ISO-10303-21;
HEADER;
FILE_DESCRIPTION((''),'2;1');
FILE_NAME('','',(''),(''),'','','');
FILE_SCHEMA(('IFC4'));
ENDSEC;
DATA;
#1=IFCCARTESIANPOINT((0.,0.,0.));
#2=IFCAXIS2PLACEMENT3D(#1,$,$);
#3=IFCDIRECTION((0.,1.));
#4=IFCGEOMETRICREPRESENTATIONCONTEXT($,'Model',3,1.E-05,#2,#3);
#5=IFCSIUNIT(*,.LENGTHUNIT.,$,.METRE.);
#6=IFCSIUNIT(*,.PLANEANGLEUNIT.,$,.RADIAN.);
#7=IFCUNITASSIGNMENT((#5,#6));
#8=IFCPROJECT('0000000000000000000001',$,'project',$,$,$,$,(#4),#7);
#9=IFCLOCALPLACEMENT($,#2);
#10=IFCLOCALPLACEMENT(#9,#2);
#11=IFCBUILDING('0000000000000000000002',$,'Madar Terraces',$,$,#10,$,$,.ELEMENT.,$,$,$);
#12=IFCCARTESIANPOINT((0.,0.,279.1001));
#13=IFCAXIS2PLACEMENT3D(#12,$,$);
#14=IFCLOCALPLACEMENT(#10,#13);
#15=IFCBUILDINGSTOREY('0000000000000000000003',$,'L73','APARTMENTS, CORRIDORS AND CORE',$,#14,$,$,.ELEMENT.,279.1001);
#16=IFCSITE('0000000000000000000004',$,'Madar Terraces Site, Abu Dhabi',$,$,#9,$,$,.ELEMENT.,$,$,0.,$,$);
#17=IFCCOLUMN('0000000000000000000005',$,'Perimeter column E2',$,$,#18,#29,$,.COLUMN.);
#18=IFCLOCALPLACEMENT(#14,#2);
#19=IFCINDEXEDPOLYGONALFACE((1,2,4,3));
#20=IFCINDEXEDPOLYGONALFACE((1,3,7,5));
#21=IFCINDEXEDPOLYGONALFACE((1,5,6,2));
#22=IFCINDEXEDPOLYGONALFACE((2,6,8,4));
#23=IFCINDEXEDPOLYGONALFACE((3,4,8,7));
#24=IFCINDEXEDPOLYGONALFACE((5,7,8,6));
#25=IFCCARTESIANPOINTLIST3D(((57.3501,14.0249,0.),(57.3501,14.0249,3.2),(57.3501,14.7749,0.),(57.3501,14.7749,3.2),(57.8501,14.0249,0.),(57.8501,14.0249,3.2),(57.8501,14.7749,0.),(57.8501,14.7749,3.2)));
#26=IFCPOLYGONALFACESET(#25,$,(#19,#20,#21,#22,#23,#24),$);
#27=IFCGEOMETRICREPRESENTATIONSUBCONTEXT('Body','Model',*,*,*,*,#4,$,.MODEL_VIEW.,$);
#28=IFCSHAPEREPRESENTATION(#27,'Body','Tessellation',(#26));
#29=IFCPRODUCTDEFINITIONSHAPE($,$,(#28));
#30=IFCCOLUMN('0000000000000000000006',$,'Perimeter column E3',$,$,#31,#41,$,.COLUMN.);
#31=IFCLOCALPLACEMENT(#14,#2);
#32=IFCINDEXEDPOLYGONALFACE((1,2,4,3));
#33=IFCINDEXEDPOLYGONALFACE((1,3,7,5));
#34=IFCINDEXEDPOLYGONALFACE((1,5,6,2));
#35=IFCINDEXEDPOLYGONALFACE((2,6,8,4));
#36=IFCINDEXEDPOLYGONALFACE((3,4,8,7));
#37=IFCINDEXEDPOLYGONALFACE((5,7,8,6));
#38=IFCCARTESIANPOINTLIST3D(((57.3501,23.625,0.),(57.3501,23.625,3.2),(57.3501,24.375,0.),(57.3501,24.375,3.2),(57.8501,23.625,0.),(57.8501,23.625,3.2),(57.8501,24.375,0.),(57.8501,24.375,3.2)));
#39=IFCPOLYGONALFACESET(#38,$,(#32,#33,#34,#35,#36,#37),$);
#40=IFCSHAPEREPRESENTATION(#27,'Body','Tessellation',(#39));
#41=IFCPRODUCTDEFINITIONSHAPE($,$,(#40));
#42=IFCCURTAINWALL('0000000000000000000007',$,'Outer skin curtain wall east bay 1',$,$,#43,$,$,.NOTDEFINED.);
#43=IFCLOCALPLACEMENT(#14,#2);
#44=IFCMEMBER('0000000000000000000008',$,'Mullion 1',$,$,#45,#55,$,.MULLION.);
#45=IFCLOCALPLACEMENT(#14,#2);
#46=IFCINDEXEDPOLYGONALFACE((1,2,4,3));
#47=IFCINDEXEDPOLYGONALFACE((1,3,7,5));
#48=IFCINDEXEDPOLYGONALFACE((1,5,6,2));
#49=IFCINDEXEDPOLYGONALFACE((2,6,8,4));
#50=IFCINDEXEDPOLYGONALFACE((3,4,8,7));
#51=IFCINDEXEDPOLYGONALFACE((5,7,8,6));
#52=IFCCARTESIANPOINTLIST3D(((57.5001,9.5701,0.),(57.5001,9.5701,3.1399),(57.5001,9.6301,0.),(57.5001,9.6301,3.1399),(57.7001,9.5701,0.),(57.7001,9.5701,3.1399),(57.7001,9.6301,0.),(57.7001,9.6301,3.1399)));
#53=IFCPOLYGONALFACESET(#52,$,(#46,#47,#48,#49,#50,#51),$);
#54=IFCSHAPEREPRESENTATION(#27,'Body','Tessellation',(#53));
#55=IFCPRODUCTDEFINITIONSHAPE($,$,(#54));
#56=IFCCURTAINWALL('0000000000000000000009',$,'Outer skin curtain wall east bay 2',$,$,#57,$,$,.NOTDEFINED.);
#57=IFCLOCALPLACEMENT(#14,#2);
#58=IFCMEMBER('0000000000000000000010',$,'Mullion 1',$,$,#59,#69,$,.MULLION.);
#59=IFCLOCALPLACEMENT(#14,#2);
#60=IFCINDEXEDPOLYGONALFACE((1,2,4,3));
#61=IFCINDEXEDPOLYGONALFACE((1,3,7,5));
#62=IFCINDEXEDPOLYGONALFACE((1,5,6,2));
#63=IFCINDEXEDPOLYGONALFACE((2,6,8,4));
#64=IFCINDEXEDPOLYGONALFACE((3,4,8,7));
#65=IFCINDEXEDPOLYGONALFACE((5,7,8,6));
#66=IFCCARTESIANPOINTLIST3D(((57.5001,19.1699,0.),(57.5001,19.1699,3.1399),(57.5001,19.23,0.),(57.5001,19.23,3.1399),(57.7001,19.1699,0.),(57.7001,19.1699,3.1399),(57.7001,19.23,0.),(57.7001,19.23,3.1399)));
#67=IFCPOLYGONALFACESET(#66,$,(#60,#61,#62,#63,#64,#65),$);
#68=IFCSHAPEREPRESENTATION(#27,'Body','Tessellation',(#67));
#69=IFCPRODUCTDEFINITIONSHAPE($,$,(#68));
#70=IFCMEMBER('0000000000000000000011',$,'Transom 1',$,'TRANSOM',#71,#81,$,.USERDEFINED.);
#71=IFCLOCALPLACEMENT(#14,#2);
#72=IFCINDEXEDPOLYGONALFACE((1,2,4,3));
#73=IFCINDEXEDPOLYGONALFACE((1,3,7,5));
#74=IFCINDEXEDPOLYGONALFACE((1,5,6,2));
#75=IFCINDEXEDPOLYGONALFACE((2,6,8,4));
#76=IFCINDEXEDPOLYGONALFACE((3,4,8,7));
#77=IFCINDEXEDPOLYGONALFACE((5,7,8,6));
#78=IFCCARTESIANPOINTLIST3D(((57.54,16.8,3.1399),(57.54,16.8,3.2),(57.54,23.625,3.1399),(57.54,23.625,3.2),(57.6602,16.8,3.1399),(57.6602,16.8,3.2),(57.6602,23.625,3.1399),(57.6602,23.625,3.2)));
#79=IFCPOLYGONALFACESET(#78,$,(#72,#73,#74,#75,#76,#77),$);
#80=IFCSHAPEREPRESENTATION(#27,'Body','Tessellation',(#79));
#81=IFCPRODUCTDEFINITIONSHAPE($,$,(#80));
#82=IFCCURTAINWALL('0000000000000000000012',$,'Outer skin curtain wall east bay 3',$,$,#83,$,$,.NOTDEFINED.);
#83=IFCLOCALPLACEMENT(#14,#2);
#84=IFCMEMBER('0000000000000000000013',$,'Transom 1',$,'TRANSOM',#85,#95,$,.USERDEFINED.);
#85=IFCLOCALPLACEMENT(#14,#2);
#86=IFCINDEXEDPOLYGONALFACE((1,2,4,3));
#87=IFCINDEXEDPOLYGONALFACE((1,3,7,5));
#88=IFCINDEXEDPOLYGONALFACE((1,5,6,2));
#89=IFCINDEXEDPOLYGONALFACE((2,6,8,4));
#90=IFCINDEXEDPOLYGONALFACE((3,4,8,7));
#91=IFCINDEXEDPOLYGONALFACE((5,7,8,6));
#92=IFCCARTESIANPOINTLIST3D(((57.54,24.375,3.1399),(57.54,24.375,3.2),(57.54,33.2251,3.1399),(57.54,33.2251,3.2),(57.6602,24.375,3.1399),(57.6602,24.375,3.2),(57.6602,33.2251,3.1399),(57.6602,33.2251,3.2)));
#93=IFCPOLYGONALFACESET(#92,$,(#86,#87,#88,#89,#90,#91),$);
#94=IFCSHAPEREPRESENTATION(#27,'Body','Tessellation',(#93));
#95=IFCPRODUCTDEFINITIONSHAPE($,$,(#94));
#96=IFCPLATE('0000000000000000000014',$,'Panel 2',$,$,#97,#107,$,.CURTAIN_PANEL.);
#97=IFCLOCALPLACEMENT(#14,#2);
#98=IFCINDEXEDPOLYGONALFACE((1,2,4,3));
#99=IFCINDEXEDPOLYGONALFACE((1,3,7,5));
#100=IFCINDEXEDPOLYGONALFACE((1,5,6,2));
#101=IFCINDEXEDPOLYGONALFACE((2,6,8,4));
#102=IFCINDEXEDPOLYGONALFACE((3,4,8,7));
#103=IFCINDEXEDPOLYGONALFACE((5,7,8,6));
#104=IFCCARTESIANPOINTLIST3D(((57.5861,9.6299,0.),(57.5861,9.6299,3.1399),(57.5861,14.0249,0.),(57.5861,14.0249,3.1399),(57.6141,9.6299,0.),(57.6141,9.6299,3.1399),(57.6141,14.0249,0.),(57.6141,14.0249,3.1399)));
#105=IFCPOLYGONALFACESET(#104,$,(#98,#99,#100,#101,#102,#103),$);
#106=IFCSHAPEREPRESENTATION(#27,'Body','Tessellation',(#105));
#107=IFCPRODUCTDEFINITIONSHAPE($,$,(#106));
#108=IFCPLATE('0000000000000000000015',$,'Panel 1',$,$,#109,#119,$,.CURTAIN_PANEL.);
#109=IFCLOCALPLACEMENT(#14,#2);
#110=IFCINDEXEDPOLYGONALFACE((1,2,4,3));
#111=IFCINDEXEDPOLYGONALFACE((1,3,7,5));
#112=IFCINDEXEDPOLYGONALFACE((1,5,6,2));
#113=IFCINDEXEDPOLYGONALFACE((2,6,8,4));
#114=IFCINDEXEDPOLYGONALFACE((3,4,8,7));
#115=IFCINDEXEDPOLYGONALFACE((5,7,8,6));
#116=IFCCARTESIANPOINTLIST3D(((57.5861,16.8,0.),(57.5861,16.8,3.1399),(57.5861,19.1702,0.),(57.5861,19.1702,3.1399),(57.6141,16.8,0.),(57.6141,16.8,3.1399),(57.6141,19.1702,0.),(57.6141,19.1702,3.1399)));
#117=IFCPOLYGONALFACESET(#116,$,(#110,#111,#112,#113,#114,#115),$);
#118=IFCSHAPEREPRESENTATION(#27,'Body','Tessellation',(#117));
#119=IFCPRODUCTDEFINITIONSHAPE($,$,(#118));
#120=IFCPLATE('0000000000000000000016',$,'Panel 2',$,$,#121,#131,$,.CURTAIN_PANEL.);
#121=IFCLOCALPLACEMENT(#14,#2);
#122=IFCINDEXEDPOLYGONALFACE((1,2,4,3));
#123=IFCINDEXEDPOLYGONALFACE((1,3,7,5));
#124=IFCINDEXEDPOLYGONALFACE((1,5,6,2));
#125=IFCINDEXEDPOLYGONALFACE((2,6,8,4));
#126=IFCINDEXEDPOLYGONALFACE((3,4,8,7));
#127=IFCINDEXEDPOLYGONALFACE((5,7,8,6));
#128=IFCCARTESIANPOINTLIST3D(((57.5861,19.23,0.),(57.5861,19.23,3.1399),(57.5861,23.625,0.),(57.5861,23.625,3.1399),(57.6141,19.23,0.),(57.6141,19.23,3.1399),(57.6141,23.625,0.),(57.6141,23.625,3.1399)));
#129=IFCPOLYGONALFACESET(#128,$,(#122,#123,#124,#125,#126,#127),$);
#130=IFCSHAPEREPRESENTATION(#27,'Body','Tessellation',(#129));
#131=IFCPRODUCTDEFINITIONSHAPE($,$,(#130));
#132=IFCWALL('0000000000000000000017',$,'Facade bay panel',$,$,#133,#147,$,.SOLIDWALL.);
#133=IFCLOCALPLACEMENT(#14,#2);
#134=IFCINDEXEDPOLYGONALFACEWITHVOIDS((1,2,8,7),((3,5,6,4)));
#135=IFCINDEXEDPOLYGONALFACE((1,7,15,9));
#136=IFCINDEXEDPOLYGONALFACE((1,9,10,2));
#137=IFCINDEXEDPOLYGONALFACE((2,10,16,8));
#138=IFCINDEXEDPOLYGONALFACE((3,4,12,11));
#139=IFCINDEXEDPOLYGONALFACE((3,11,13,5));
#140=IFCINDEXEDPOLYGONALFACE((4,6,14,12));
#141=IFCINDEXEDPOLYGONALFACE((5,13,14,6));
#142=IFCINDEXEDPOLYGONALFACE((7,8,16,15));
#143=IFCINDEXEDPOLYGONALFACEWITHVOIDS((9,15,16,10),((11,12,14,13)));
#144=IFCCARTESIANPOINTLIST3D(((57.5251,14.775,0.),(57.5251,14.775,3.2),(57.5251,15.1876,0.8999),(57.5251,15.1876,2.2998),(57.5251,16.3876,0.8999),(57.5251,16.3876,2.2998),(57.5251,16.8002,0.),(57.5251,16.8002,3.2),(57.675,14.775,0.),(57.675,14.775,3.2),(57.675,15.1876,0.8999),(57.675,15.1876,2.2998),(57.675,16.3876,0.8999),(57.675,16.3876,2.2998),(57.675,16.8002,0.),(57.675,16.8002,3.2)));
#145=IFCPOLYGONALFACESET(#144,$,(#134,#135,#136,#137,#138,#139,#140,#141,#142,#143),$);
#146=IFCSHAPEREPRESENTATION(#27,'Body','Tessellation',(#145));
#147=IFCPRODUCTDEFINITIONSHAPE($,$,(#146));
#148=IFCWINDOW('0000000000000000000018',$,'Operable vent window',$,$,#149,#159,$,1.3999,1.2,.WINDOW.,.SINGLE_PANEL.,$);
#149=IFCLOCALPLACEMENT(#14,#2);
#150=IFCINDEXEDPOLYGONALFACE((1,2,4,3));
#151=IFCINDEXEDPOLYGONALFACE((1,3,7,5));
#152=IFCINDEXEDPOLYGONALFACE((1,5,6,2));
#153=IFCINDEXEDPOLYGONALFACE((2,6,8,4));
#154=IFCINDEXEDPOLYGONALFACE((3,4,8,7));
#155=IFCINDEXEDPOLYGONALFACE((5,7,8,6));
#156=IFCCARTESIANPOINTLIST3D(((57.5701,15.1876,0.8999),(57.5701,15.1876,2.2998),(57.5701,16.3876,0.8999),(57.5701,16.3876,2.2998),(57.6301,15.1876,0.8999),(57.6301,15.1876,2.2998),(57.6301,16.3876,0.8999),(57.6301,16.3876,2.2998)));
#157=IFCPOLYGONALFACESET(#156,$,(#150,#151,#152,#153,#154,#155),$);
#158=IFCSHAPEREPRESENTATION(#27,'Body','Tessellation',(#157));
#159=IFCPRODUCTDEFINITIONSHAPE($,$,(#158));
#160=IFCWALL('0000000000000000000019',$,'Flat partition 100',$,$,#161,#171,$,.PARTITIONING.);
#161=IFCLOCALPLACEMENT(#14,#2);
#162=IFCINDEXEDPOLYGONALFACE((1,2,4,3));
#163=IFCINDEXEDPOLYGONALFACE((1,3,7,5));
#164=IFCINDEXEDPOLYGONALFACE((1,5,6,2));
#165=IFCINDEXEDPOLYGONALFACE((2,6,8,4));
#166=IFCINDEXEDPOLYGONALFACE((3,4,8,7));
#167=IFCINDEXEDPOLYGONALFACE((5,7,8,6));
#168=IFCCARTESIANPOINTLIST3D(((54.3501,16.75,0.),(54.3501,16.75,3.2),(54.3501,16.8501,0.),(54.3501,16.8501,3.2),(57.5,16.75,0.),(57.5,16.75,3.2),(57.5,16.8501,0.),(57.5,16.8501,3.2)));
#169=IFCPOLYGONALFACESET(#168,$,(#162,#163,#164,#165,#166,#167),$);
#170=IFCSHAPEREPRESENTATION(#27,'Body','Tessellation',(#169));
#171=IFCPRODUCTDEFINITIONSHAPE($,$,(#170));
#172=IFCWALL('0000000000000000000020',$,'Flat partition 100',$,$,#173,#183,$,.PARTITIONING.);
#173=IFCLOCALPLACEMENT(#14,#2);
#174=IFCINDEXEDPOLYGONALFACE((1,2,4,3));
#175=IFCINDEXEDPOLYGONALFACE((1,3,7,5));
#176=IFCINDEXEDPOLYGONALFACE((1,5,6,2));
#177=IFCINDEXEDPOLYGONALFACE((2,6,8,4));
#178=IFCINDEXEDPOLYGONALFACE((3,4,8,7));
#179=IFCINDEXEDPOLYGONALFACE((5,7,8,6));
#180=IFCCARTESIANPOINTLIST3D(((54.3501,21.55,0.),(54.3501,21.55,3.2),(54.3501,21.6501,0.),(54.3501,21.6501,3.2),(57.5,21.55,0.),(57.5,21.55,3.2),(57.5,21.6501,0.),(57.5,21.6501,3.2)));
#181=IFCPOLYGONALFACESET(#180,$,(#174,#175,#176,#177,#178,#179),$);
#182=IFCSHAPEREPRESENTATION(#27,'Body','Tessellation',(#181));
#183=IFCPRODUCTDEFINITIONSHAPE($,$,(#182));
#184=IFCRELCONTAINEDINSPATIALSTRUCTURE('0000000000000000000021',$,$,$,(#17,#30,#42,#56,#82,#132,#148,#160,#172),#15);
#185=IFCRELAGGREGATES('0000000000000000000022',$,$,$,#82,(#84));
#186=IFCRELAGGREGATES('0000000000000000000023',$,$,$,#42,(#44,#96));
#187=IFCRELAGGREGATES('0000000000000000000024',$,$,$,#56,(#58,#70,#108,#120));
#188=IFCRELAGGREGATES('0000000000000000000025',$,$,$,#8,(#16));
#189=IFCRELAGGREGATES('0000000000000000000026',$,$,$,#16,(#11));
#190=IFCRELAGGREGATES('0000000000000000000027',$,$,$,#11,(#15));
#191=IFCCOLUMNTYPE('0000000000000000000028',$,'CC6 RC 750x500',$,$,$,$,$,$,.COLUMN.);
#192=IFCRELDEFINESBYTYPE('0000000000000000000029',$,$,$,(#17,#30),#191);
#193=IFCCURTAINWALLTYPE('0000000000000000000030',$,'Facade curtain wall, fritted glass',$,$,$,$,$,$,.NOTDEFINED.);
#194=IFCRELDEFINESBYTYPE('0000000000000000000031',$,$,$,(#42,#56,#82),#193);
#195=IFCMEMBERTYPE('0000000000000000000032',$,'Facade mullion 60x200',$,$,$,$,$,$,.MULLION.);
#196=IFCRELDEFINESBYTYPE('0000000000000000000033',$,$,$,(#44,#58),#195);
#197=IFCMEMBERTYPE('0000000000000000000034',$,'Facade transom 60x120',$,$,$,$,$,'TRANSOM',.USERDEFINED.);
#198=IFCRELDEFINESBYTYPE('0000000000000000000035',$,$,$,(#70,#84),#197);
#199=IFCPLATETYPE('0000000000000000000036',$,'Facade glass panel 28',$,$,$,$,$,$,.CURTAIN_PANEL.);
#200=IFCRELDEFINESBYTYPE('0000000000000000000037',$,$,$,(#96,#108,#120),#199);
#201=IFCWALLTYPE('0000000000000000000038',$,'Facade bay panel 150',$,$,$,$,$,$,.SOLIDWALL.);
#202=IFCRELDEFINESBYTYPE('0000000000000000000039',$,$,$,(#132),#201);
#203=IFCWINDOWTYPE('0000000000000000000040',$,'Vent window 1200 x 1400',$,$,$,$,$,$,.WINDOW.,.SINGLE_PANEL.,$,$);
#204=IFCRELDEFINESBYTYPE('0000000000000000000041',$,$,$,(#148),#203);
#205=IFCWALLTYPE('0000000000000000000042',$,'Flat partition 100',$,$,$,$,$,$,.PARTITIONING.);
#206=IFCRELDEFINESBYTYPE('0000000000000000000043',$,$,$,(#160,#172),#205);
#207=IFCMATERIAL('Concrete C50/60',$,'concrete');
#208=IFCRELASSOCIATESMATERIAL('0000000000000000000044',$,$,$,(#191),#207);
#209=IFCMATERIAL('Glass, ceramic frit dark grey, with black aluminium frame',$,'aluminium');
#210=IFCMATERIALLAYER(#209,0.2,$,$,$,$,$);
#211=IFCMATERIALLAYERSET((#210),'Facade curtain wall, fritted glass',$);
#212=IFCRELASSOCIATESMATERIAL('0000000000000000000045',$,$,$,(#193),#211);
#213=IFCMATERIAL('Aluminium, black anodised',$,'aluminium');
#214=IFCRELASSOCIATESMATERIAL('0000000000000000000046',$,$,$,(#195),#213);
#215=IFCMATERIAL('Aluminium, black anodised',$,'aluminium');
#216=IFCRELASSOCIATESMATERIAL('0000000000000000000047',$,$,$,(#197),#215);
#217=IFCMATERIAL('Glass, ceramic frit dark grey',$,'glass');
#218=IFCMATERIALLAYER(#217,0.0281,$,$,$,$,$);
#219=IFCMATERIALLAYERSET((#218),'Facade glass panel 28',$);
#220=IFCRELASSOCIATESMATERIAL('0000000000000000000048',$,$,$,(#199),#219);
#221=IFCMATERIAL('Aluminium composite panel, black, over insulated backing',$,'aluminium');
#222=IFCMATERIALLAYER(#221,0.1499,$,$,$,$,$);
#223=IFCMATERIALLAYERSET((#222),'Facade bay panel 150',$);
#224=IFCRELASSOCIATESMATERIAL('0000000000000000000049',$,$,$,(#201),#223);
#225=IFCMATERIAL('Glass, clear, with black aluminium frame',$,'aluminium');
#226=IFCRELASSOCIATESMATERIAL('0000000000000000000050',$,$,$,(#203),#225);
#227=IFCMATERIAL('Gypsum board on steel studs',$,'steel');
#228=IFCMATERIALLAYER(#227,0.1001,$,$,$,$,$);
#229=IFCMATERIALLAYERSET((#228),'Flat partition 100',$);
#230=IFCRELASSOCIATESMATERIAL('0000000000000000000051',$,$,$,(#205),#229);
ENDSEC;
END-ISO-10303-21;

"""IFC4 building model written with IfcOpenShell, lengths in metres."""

from ifc_helpers import new_model, si_unit, direction, frame, frame_2d, origin, origin_2d, place, context, subcontext, project, spatial, rectangle, extrude, material, layer, layer_set, material_profile, profile_set, type_object, element, fill, aggregate, save


model = new_model("IFC4")

# Units and contexts
model_context = context("Model", 3, precision=1e-05, world=origin(), true_north=direction((0.0, 1.0)))
body_context = subcontext(model_context, "Body", "Model", "MODEL_VIEW")
ifc_project = project(units=[si_unit("LENGTHUNIT", "METRE"), si_unit("PLANEANGLEUNIT", "RADIAN")], contexts=[model_context])

# Site, building, storey
site_placement = place(None, origin())
site = spatial("IfcSite", under=ifc_project, at=site_placement, Name="Madar Terraces Site, Abu Dhabi", CompositionType="ELEMENT", RefElevation=0.0)
building_placement = place(site_placement, origin())
building = spatial("IfcBuilding", under=site, at=building_placement, Name="Madar Terraces", CompositionType="ELEMENT")
storey_placement = place(building_placement, frame((0.0, 0.0, 279.1001)))
storey = spatial("IfcBuildingStorey", under=building, at=storey_placement, Name="L73", Description="APARTMENTS, CORRIDORS AND CORE", CompositionType="ELEMENT", Elevation=279.1001)

# Columns
ifc_material_1 = material(Name="Concrete C50/60", Category="concrete")
ifc_material_profile_1 = material_profile(ifc_material_1, rectangle(XDim=0.75, YDim=0.5, at=origin_2d()), Name="CC6 RC 750x500")
ifc_profile_set_1 = profile_set([ifc_material_profile_1], Name="Concrete C50/60")
column_type = type_object("IfcColumnType", Name="CC6 RC 750x500", PredefinedType="COLUMN", material=ifc_profile_set_1)
for number, where, z_axis, x_axis, name in (
    (1, (57.6001, 14.3999, 0.0), (0.0, 0.0, 1.0), (0.0, 1.0, 0.0), "Perimeter column E2"),
    (2, (57.6001, 24.0, 0.0), (0.0, 0.0, 1.0), (0.0, 1.0, 0.0), "Perimeter column E3"),
):
    element("IfcColumn", number, at=place(storey_placement, frame(where, z_axis=z_axis, x_axis=x_axis)), inside=storey, type_object=column_type, Name=name, PredefinedType="COLUMN", context=body_context, shape_type="SweptSolid", body=[
        extrude(rectangle(XDim=0.75, YDim=0.5, at=origin_2d()), origin(), (0.0, 0.0, 1.0), 3.2),
    ])

# Curtain wall, member
ifc_material_2 = material(Name="Glass, ceramic frit dark grey, with black aluminium frame", Category="aluminium")
ifc_layer_1 = layer(ifc_material_2, 0.2)
ifc_layer_set_1 = layer_set([ifc_layer_1], Name="Facade curtain wall, fritted glass")
curtain_wall_type = type_object("IfcCurtainWallType", Name="Facade curtain wall, fritted glass", PredefinedType="NOTDEFINED", material=ifc_layer_set_1)
curtain_wall_1_placement = place(storey_placement, origin())
curtain_wall_1 = element("IfcCurtainWall", 3, at=curtain_wall_1_placement, inside=storey, type_object=curtain_wall_type, Name="Outer skin curtain wall east bay 1", PredefinedType="NOTDEFINED")
ifc_material_3 = material(Name="Aluminium, black anodised", Category="aluminium")
ifc_material_profile_2 = material_profile(ifc_material_3, rectangle(XDim=0.2, YDim=0.0601, at=origin_2d()), Name="Facade mullion 60x200")
ifc_profile_set_2 = profile_set([ifc_material_profile_2], Name="Aluminium, black anodised")
member_type_1 = type_object("IfcMemberType", Name="Facade mullion 60x200", PredefinedType="MULLION", material=ifc_profile_set_2)
member_1_placement = place(storey_placement, frame((57.6001, 9.6001, 0.0), z_axis=(0.0, 0.0, 1.0), x_axis=(-1.0, 0.0, 0.0)))
member_1 = element("IfcMember", 4, at=member_1_placement, type_object=member_type_1, Name="Mullion 1", PredefinedType="MULLION", context=body_context, shape_type="SweptSolid", body=[
    extrude(rectangle(XDim=0.2, YDim=0.0601, at=origin_2d()), origin(), (0.0, 0.0, 1.0), 3.1399),
])

# Curtain wall, members
curtain_wall_2_placement = place(storey_placement, origin())
curtain_wall_2 = element("IfcCurtainWall", 5, at=curtain_wall_2_placement, inside=storey, type_object=curtain_wall_type, Name="Outer skin curtain wall east bay 2", PredefinedType="NOTDEFINED")
member_2_placement = place(storey_placement, frame((57.6001, 19.2, 0.0), z_axis=(0.0, 0.0, 1.0), x_axis=(-1.0, 0.0, 0.0)))
member_2 = element("IfcMember", 6, at=member_2_placement, type_object=member_type_1, Name="Mullion 1", PredefinedType="MULLION", context=body_context, shape_type="SweptSolid", body=[
    extrude(rectangle(XDim=0.2, YDim=0.0601, at=origin_2d()), origin(), (0.0, 0.0, 1.0), 3.1399),
])
ifc_material_4 = material(Name="Aluminium, black anodised", Category="aluminium")
ifc_material_profile_3 = material_profile(ifc_material_4, rectangle(XDim=0.1201, YDim=0.0601, at=origin_2d()), Name="Facade transom 60x120")
ifc_profile_set_3 = profile_set([ifc_material_profile_3], Name="Aluminium, black anodised")
member_type_2 = type_object("IfcMemberType", Name="Facade transom 60x120", ElementType="TRANSOM", PredefinedType="USERDEFINED", material=ifc_profile_set_3)
member_3_placement = place(storey_placement, frame((57.6001, 16.8, 3.1699), z_axis=(0.0, 1.0, 0.0), x_axis=(-1.0, 0.0, 0.0)))
member_3 = element("IfcMember", 7, at=member_3_placement, type_object=member_type_2, Name="Transom 1", ObjectType="TRANSOM", PredefinedType="USERDEFINED", context=body_context, shape_type="SweptSolid", body=[
    extrude(rectangle(XDim=0.1201, YDim=0.0601, at=origin_2d()), origin(), (0.0, 0.0, 1.0), 6.825),
])

# Curtain wall, member
curtain_wall_3_placement = place(storey_placement, origin())
curtain_wall_3 = element("IfcCurtainWall", 8, at=curtain_wall_3_placement, inside=storey, type_object=curtain_wall_type, Name="Outer skin curtain wall east bay 3", PredefinedType="NOTDEFINED")
member_4_placement = place(storey_placement, frame((57.6001, 24.375, 3.1699), z_axis=(0.0, 1.0, 0.0), x_axis=(-1.0, 0.0, 0.0)))
member_4 = element("IfcMember", 9, at=member_4_placement, type_object=member_type_2, Name="Transom 1", ObjectType="TRANSOM", PredefinedType="USERDEFINED", context=body_context, shape_type="SweptSolid", body=[
    extrude(rectangle(XDim=0.1201, YDim=0.0601, at=origin_2d()), origin(), (0.0, 0.0, 1.0), 8.8501),
])
aggregate(curtain_wall_3, [member_4])

# Plates
ifc_material_5 = material(Name="Glass, ceramic frit dark grey", Category="glass")
ifc_layer_2 = layer(ifc_material_5, 0.0281)
ifc_layer_set_2 = layer_set([ifc_layer_2], Name="Facade glass panel 28")
plate_type = type_object("IfcPlateType", Name="Facade glass panel 28", PredefinedType="CURTAIN_PANEL", material=ifc_layer_set_2)
plate_1_placement = place(storey_placement, frame((57.6001, 11.8274, 0.0), z_axis=(0.0, 0.0, 1.0), x_axis=(0.0, 1.0, 0.0)))
plate_1 = element("IfcPlate", 10, at=plate_1_placement, type_object=plate_type, Name="Panel 2", PredefinedType="CURTAIN_PANEL", context=body_context, shape_type="SweptSolid", body=[
    extrude(rectangle(XDim=4.395, YDim=0.0281, at=origin_2d()), origin(), (0.0, 0.0, 1.0), 3.1399),
])
aggregate(curtain_wall_1, [member_1, plate_1])
plate_2_placement = place(storey_placement, frame((57.6001, 17.9851, 0.0), z_axis=(0.0, 0.0, 1.0), x_axis=(0.0, 1.0, 0.0)))
plate_2 = element("IfcPlate", 11, at=plate_2_placement, type_object=plate_type, Name="Panel 1", PredefinedType="CURTAIN_PANEL", context=body_context, shape_type="SweptSolid", body=[
    extrude(rectangle(XDim=2.3701, YDim=0.0281, at=origin_2d()), origin(), (0.0, 0.0, 1.0), 3.1399),
])
plate_3_placement = place(storey_placement, frame((57.6001, 21.4275, 0.0), z_axis=(0.0, 0.0, 1.0), x_axis=(0.0, 1.0, 0.0)))
plate_3 = element("IfcPlate", 12, at=plate_3_placement, type_object=plate_type, Name="Panel 2", PredefinedType="CURTAIN_PANEL", context=body_context, shape_type="SweptSolid", body=[
    extrude(rectangle(XDim=4.395, YDim=0.0281, at=origin_2d()), origin(), (0.0, 0.0, 1.0), 3.1399),
])
aggregate(curtain_wall_2, [member_2, member_3, plate_2, plate_3])

# Wall, opening, window
ifc_material_6 = material(Name="Aluminium composite panel, black, over insulated backing", Category="aluminium")
ifc_layer_3 = layer(ifc_material_6, 0.1499)
ifc_layer_set_3 = layer_set([ifc_layer_3], Name="Facade bay panel 150")
wall_type_1 = type_object("IfcWallType", Name="Facade bay panel 150", PredefinedType="SOLIDWALL", material=ifc_layer_set_3)
wall_1_placement = place(storey_placement, frame((57.6001, 14.7749, 0.0), z_axis=(0.0, 0.0, 1.0), x_axis=(0.0, 1.0, 0.0)))
wall_1 = element("IfcWall", 13, at=wall_1_placement, inside=storey, type_object=wall_type_1, Name="Facade bay panel", PredefinedType="SOLIDWALL", context=body_context, shape_type="SweptSolid", body=[
    extrude(rectangle(XDim=2.0251, YDim=0.1499, at=frame_2d((1.0127, 0.0))), origin(), (0.0, 0.0, 1.0), 3.2),
])
opening_1_placement = place(wall_1_placement, frame((0.4126, 0.0, 0.8999)))
opening_1 = element("IfcOpeningElement", 14, at=opening_1_placement, cuts=wall_1, PredefinedType="OPENING", context=body_context, shape_type="SweptSolid", body=[
    extrude(rectangle(XDim=1.2, YDim=1.3999, at=frame_2d((0.6001, 0.7))), frame((0.0, 0.085, 0.0), z_axis=(0.0, -1.0, 0.0), x_axis=(1.0, 0.0, 0.0)), (0.0, 0.0, 1.0), 0.1699),
])
ifc_material_7 = material(Name="Glass, clear, with black aluminium frame", Category="aluminium")
window_type = type_object("IfcWindowType", Name="Vent window 1200 x 1400", PartitioningType="SINGLE_PANEL", PredefinedType="WINDOW", material=ifc_material_7)
window_placement = place(opening_1_placement, origin())
window = element("IfcWindow", 15, at=window_placement, inside=storey, type_object=window_type, Name="Operable vent window", OverallHeight=1.3999, OverallWidth=1.2, PartitioningType="SINGLE_PANEL", PredefinedType="WINDOW", context=body_context, shape_type="SweptSolid", body=[
    extrude(rectangle(XDim=1.2, YDim=1.3999, at=frame_2d((0.6001, 0.7))), frame((0.0, 0.03, 0.0), z_axis=(0.0, -1.0, 0.0), x_axis=(1.0, 0.0, 0.0)), (0.0, 0.0, 1.0), 0.0601),
])
fill(opening_1, window)

# Walls
ifc_material_8 = material(Name="Gypsum board on steel studs", Category="steel")
ifc_layer_4 = layer(ifc_material_8, 0.1001)
ifc_layer_set_4 = layer_set([ifc_layer_4], Name="Flat partition 100")
wall_type_2 = type_object("IfcWallType", Name="Flat partition 100", PredefinedType="PARTITIONING", material=ifc_layer_set_4)
for number, where, z_axis, x_axis, name in (
    (16, (54.3501, 16.8, 0.0), (0.0, 0.0, 1.0), (1.0, 0.0, 0.0), "Flat partition 100"),
    (17, (54.3501, 21.6001, 0.0), (0.0, 0.0, 1.0), (1.0, 0.0, 0.0), "Flat partition 100"),
):
    element("IfcWall", number, at=place(storey_placement, frame(where, z_axis=z_axis, x_axis=x_axis)), inside=storey, type_object=wall_type_2, Name=name, PredefinedType="PARTITIONING", context=body_context, shape_type="SweptSolid", body=[
        extrude(rectangle(XDim=3.1499, YDim=0.1001, at=frame_2d((1.575, 0.0))), origin(), (0.0, 0.0, 1.0), 3.2),
    ])

save(model, "model.ifc")
